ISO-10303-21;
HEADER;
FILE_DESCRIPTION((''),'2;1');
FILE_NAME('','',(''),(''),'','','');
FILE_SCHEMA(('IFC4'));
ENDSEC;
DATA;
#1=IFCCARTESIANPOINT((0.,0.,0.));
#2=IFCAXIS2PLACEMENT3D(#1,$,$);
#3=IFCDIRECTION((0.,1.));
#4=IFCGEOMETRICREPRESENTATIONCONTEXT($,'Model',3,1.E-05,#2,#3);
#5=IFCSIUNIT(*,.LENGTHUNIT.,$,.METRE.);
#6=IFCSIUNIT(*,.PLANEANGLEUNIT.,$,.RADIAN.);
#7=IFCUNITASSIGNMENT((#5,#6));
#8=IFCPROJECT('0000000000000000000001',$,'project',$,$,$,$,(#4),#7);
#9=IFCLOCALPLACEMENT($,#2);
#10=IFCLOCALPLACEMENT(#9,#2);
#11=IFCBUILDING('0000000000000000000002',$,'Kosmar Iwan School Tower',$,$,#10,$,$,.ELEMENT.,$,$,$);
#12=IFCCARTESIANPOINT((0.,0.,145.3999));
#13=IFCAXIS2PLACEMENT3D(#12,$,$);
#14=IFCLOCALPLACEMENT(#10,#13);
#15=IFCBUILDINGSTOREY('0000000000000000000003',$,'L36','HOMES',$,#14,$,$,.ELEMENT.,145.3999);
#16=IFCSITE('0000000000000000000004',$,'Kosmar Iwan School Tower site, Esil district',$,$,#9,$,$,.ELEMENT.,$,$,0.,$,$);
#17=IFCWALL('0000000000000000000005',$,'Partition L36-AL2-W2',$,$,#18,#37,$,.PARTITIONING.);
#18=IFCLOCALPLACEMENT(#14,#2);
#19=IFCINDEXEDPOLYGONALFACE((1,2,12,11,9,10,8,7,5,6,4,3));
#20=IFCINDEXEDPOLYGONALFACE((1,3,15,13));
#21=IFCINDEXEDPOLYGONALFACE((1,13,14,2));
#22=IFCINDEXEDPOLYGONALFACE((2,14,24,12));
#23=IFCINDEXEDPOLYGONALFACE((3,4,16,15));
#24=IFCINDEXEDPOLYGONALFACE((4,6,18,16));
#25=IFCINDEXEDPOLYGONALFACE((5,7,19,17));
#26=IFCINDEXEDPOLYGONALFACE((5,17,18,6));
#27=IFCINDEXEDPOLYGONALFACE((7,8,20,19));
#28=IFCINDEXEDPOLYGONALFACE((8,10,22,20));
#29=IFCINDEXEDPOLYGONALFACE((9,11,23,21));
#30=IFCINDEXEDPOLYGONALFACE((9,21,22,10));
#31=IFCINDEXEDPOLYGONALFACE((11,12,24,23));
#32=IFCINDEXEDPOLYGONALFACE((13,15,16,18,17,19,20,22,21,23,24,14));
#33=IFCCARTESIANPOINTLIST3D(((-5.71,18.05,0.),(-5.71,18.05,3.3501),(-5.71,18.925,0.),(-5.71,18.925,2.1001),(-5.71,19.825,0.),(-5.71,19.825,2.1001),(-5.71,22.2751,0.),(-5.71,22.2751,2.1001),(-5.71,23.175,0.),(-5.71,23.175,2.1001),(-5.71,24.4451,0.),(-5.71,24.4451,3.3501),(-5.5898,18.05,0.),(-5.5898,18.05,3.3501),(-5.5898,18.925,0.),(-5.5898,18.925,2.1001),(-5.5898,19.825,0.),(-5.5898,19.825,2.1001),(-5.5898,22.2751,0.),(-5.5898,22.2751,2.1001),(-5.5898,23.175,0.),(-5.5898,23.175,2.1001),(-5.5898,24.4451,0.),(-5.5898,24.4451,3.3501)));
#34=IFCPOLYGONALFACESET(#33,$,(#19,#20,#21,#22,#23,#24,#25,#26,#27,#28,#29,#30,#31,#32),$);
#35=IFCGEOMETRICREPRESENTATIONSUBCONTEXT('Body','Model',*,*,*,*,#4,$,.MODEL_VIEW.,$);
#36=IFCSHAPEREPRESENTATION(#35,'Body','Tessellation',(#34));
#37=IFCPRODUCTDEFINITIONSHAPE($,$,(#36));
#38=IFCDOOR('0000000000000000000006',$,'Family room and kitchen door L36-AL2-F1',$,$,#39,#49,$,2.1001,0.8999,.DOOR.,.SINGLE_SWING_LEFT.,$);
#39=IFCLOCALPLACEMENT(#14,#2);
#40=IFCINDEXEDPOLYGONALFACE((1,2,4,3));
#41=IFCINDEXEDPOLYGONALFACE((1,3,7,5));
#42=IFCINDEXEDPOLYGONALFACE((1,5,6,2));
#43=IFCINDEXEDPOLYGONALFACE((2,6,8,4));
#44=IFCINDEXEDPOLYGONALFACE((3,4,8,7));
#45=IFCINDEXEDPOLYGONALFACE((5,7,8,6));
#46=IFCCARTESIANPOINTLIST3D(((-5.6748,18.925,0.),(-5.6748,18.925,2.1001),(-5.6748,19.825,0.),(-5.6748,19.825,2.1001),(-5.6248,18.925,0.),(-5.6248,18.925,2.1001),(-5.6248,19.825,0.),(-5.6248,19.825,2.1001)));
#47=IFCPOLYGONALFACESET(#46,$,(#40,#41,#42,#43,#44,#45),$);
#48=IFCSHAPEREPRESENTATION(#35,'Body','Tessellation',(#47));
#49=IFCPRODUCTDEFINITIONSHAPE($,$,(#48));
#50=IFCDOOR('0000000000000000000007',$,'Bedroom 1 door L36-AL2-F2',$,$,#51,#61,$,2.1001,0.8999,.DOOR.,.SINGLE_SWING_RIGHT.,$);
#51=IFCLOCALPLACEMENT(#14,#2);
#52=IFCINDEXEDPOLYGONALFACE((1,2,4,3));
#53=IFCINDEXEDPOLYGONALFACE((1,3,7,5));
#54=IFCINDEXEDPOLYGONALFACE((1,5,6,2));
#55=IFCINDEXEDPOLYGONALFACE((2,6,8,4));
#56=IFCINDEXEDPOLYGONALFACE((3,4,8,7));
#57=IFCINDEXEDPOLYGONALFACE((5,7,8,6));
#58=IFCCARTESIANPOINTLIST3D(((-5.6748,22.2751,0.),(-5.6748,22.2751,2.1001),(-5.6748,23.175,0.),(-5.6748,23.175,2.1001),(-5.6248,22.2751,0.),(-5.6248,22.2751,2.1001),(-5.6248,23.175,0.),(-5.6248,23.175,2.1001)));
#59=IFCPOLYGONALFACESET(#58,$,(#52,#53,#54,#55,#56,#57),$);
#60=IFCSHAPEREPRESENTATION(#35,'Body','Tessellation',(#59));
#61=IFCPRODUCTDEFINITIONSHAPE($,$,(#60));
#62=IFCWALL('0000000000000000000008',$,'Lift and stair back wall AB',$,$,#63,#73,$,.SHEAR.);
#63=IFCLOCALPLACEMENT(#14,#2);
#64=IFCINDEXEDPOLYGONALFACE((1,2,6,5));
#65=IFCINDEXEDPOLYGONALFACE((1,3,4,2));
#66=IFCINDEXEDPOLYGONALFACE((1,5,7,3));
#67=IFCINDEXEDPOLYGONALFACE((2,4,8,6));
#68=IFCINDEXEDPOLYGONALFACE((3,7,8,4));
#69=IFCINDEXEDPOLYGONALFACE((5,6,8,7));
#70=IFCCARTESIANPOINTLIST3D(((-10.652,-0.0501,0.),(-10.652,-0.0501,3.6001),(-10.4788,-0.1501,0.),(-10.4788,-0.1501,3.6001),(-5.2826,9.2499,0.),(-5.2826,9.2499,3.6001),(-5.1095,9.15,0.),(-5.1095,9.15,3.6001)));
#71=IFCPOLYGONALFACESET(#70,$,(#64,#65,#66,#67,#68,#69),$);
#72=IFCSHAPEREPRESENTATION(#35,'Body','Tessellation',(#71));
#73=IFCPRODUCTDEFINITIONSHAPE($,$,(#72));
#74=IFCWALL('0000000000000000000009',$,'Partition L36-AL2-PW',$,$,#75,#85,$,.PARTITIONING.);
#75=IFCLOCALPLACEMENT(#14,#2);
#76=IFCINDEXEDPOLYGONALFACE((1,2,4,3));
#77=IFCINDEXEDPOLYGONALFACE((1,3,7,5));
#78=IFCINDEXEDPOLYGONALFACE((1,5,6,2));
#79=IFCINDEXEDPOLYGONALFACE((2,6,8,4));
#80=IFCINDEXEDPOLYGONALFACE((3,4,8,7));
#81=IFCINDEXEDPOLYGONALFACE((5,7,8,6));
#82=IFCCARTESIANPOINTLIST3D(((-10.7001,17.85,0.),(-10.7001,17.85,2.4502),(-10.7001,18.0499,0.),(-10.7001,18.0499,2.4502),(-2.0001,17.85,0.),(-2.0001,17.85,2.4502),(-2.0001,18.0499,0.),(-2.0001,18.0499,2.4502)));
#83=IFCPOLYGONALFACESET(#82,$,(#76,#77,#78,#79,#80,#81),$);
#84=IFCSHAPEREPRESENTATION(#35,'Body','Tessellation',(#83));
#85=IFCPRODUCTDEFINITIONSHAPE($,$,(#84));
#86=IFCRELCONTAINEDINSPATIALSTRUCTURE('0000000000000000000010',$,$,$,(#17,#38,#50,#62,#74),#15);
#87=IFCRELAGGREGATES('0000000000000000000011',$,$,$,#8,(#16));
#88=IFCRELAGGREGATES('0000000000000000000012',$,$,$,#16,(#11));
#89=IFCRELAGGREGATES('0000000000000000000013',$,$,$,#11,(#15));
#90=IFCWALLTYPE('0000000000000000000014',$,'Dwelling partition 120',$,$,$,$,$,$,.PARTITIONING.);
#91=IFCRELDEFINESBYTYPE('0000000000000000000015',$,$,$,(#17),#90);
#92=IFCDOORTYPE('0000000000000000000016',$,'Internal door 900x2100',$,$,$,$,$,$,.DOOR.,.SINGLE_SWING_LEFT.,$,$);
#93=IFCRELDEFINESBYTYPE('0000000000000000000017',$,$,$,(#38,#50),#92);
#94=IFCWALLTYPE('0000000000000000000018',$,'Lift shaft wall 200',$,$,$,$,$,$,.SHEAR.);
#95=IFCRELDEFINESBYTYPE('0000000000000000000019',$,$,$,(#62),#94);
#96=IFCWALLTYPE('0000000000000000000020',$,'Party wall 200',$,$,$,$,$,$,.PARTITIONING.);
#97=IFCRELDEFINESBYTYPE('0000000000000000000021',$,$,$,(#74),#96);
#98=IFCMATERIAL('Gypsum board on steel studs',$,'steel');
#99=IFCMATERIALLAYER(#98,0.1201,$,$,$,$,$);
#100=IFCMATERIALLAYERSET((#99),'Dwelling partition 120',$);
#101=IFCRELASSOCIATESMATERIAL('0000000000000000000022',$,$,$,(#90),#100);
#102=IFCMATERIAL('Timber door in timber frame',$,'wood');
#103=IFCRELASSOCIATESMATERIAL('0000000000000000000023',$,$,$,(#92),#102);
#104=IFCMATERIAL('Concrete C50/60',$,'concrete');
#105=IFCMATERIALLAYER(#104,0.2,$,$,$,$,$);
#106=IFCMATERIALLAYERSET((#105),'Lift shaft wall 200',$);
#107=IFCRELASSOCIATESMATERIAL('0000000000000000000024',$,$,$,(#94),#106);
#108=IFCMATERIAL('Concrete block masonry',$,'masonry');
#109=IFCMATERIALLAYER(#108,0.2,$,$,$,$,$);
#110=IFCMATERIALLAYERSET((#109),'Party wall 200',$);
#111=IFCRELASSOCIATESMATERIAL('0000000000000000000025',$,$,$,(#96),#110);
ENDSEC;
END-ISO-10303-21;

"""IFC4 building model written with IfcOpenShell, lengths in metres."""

from ifc_helpers import new_model, si_unit, direction, frame, frame_2d, origin, place, context, subcontext, project, spatial, rectangle, extrude, material, layer, layer_set, type_object, element, fill, save


model = new_model("IFC4")

# Units and contexts
model_context = context("Model", 3, precision=1e-05, world=origin(), true_north=direction((0.0, 1.0)))
body_context = subcontext(model_context, "Body", "Model", "MODEL_VIEW")
ifc_project = project(units=[si_unit("LENGTHUNIT", "METRE"), si_unit("PLANEANGLEUNIT", "RADIAN")], contexts=[model_context])

# Site, building, storey
site_placement = place(None, origin())
site = spatial("IfcSite", under=ifc_project, at=site_placement, Name="Kosmar Iwan School Tower site, Esil district", CompositionType="ELEMENT", RefElevation=0.0)
building_placement = place(site_placement, origin())
building = spatial("IfcBuilding", under=site, at=building_placement, Name="Kosmar Iwan School Tower", CompositionType="ELEMENT")
storey_placement = place(building_placement, frame((0.0, 0.0, 145.3999)))
storey = spatial("IfcBuildingStorey", under=building, at=storey_placement, Name="L36", Description="HOMES", CompositionType="ELEMENT", Elevation=145.3999)

# Shared definitions
ifc_material_1 = material(Name="Gypsum board on steel studs", Category="steel")
ifc_layer_1 = layer(ifc_material_1, 0.1201)
ifc_layer_set_1 = layer_set([ifc_layer_1], Name="Dwelling partition 120")
wall_type_1 = type_object("IfcWallType", Name="Dwelling partition 120", PredefinedType="PARTITIONING", material=ifc_layer_set_1)
ifc_material_2 = material(Name="Timber door in timber frame", Category="wood")
door_type_1 = type_object("IfcDoorType", Name="Internal door 900x2100", OperationType="SINGLE_SWING_LEFT", PredefinedType="DOOR", material=ifc_material_2)

# Wall, openings, doors
wall_1_placement = place(storey_placement, frame((-5.6499, 18.05, 0.0), z_axis=(0.0, 0.0, 1.0), x_axis=(0.0, 1.0, 0.0)))
wall_1 = element("IfcWall", 1, at=wall_1_placement, inside=storey, type_object=wall_type_1, Name="Partition L36-AL2-W2", PredefinedType="PARTITIONING", context=body_context, shape_type="SweptSolid", body=[
    extrude(rectangle(XDim=6.395, YDim=0.1201, at=frame_2d((3.1975, 0.0))), origin(), (0.0, 0.0, 1.0), 3.3501),
])
opening_1_placement = place(wall_1_placement, frame((0.875, 0.0, 0.0)))
opening_1 = element("IfcOpeningElement", 2, at=opening_1_placement, cuts=wall_1, PredefinedType="OPENING", context=body_context, shape_type="SweptSolid", body=[
    extrude(rectangle(XDim=0.8999, YDim=2.1001, at=frame_2d((0.45, 1.05))), frame((0.0, 0.072, 0.0), z_axis=(0.0, -1.0, 0.0), x_axis=(1.0, 0.0, 0.0)), (0.0, 0.0, 1.0), 0.144),
])
opening_2_placement = place(wall_1_placement, frame((4.2251, 0.0, 0.0)))
opening_2 = element("IfcOpeningElement", 3, at=opening_2_placement, cuts=wall_1, PredefinedType="OPENING", context=body_context, shape_type="SweptSolid", body=[
    extrude(rectangle(XDim=0.8999, YDim=2.1001, at=frame_2d((0.45, 1.05))), frame((0.0, 0.072, 0.0), z_axis=(0.0, -1.0, 0.0), x_axis=(1.0, 0.0, 0.0)), (0.0, 0.0, 1.0), 0.144),
])
door_1_placement = place(opening_1_placement, origin())
door_1 = element("IfcDoor", 4, at=door_1_placement, inside=storey, type_object=door_type_1, Name="Family room and kitchen door L36-AL2-F1", OperationType="SINGLE_SWING_LEFT", OverallHeight=2.1001, OverallWidth=0.8999, PredefinedType="DOOR", context=body_context, shape_type="SweptSolid", body=[
    extrude(rectangle(XDim=0.8999, YDim=2.1001, at=frame_2d((0.45, 1.05))), frame((0.0, 0.0249, 0.0), z_axis=(0.0, -1.0, 0.0), x_axis=(1.0, 0.0, 0.0)), (0.0, 0.0, 1.0), 0.05),
])
fill(opening_1, door_1)
door_2_placement = place(opening_2_placement, origin())
door_2 = element("IfcDoor", 5, at=door_2_placement, inside=storey, type_object=door_type_1, Name="Bedroom 1 door L36-AL2-F2", OperationType="SINGLE_SWING_RIGHT", OverallHeight=2.1001, OverallWidth=0.8999, PredefinedType="DOOR", context=body_context, shape_type="SweptSolid", body=[
    extrude(rectangle(XDim=0.8999, YDim=2.1001, at=frame_2d((0.45, 1.05))), frame((0.0, 0.0249, 0.0), z_axis=(0.0, -1.0, 0.0), x_axis=(1.0, 0.0, 0.0)), (0.0, 0.0, 1.0), 0.05),
])
fill(opening_2, door_2)

# Walls
ifc_material_3 = material(Name="Concrete C50/60", Category="concrete")
ifc_layer_2 = layer(ifc_material_3, 0.2)
ifc_layer_set_2 = layer_set([ifc_layer_2], Name="Lift shaft wall 200")
wall_type_2 = type_object("IfcWallType", Name="Lift shaft wall 200", PredefinedType="SHEAR", material=ifc_layer_set_2)
wall_2_placement = place(storey_placement, frame((-5.196, 9.2, 0.0), z_axis=(0.0, 0.0, 1.0), x_axis=(-0.5, -0.866025, 0.0)))
element("IfcWall", 6, at=wall_2_placement, inside=storey, type_object=wall_type_2, Name="Lift and stair back wall AB", PredefinedType="SHEAR", context=body_context, shape_type="SweptSolid", body=[
    extrude(rectangle(XDim=10.7388, YDim=0.2, at=frame_2d((5.3694, 0.0))), origin(), (0.0, 0.0, 1.0), 3.6001),
])
ifc_material_4 = material(Name="Concrete block masonry", Category="masonry")
ifc_layer_3 = layer(ifc_material_4, 0.2)
ifc_layer_set_3 = layer_set([ifc_layer_3], Name="Party wall 200")
wall_type_3 = type_object("IfcWallType", Name="Party wall 200", PredefinedType="PARTITIONING", material=ifc_layer_set_3)
wall_3_placement = place(storey_placement, frame((-2.0, 17.95, 0.0), z_axis=(0.0, 0.0, 1.0), x_axis=(-1.0, 0.0, 0.0)))
element("IfcWall", 7, at=wall_3_placement, inside=storey, type_object=wall_type_3, Name="Partition L36-AL2-PW", PredefinedType="PARTITIONING", context=body_context, shape_type="SweptSolid", body=[
    extrude(rectangle(XDim=8.7, YDim=0.2, at=frame_2d((4.3501, 0.0))), origin(), (0.0, 0.0, 1.0), 2.4502),
])

save(model, "model.ifc")
